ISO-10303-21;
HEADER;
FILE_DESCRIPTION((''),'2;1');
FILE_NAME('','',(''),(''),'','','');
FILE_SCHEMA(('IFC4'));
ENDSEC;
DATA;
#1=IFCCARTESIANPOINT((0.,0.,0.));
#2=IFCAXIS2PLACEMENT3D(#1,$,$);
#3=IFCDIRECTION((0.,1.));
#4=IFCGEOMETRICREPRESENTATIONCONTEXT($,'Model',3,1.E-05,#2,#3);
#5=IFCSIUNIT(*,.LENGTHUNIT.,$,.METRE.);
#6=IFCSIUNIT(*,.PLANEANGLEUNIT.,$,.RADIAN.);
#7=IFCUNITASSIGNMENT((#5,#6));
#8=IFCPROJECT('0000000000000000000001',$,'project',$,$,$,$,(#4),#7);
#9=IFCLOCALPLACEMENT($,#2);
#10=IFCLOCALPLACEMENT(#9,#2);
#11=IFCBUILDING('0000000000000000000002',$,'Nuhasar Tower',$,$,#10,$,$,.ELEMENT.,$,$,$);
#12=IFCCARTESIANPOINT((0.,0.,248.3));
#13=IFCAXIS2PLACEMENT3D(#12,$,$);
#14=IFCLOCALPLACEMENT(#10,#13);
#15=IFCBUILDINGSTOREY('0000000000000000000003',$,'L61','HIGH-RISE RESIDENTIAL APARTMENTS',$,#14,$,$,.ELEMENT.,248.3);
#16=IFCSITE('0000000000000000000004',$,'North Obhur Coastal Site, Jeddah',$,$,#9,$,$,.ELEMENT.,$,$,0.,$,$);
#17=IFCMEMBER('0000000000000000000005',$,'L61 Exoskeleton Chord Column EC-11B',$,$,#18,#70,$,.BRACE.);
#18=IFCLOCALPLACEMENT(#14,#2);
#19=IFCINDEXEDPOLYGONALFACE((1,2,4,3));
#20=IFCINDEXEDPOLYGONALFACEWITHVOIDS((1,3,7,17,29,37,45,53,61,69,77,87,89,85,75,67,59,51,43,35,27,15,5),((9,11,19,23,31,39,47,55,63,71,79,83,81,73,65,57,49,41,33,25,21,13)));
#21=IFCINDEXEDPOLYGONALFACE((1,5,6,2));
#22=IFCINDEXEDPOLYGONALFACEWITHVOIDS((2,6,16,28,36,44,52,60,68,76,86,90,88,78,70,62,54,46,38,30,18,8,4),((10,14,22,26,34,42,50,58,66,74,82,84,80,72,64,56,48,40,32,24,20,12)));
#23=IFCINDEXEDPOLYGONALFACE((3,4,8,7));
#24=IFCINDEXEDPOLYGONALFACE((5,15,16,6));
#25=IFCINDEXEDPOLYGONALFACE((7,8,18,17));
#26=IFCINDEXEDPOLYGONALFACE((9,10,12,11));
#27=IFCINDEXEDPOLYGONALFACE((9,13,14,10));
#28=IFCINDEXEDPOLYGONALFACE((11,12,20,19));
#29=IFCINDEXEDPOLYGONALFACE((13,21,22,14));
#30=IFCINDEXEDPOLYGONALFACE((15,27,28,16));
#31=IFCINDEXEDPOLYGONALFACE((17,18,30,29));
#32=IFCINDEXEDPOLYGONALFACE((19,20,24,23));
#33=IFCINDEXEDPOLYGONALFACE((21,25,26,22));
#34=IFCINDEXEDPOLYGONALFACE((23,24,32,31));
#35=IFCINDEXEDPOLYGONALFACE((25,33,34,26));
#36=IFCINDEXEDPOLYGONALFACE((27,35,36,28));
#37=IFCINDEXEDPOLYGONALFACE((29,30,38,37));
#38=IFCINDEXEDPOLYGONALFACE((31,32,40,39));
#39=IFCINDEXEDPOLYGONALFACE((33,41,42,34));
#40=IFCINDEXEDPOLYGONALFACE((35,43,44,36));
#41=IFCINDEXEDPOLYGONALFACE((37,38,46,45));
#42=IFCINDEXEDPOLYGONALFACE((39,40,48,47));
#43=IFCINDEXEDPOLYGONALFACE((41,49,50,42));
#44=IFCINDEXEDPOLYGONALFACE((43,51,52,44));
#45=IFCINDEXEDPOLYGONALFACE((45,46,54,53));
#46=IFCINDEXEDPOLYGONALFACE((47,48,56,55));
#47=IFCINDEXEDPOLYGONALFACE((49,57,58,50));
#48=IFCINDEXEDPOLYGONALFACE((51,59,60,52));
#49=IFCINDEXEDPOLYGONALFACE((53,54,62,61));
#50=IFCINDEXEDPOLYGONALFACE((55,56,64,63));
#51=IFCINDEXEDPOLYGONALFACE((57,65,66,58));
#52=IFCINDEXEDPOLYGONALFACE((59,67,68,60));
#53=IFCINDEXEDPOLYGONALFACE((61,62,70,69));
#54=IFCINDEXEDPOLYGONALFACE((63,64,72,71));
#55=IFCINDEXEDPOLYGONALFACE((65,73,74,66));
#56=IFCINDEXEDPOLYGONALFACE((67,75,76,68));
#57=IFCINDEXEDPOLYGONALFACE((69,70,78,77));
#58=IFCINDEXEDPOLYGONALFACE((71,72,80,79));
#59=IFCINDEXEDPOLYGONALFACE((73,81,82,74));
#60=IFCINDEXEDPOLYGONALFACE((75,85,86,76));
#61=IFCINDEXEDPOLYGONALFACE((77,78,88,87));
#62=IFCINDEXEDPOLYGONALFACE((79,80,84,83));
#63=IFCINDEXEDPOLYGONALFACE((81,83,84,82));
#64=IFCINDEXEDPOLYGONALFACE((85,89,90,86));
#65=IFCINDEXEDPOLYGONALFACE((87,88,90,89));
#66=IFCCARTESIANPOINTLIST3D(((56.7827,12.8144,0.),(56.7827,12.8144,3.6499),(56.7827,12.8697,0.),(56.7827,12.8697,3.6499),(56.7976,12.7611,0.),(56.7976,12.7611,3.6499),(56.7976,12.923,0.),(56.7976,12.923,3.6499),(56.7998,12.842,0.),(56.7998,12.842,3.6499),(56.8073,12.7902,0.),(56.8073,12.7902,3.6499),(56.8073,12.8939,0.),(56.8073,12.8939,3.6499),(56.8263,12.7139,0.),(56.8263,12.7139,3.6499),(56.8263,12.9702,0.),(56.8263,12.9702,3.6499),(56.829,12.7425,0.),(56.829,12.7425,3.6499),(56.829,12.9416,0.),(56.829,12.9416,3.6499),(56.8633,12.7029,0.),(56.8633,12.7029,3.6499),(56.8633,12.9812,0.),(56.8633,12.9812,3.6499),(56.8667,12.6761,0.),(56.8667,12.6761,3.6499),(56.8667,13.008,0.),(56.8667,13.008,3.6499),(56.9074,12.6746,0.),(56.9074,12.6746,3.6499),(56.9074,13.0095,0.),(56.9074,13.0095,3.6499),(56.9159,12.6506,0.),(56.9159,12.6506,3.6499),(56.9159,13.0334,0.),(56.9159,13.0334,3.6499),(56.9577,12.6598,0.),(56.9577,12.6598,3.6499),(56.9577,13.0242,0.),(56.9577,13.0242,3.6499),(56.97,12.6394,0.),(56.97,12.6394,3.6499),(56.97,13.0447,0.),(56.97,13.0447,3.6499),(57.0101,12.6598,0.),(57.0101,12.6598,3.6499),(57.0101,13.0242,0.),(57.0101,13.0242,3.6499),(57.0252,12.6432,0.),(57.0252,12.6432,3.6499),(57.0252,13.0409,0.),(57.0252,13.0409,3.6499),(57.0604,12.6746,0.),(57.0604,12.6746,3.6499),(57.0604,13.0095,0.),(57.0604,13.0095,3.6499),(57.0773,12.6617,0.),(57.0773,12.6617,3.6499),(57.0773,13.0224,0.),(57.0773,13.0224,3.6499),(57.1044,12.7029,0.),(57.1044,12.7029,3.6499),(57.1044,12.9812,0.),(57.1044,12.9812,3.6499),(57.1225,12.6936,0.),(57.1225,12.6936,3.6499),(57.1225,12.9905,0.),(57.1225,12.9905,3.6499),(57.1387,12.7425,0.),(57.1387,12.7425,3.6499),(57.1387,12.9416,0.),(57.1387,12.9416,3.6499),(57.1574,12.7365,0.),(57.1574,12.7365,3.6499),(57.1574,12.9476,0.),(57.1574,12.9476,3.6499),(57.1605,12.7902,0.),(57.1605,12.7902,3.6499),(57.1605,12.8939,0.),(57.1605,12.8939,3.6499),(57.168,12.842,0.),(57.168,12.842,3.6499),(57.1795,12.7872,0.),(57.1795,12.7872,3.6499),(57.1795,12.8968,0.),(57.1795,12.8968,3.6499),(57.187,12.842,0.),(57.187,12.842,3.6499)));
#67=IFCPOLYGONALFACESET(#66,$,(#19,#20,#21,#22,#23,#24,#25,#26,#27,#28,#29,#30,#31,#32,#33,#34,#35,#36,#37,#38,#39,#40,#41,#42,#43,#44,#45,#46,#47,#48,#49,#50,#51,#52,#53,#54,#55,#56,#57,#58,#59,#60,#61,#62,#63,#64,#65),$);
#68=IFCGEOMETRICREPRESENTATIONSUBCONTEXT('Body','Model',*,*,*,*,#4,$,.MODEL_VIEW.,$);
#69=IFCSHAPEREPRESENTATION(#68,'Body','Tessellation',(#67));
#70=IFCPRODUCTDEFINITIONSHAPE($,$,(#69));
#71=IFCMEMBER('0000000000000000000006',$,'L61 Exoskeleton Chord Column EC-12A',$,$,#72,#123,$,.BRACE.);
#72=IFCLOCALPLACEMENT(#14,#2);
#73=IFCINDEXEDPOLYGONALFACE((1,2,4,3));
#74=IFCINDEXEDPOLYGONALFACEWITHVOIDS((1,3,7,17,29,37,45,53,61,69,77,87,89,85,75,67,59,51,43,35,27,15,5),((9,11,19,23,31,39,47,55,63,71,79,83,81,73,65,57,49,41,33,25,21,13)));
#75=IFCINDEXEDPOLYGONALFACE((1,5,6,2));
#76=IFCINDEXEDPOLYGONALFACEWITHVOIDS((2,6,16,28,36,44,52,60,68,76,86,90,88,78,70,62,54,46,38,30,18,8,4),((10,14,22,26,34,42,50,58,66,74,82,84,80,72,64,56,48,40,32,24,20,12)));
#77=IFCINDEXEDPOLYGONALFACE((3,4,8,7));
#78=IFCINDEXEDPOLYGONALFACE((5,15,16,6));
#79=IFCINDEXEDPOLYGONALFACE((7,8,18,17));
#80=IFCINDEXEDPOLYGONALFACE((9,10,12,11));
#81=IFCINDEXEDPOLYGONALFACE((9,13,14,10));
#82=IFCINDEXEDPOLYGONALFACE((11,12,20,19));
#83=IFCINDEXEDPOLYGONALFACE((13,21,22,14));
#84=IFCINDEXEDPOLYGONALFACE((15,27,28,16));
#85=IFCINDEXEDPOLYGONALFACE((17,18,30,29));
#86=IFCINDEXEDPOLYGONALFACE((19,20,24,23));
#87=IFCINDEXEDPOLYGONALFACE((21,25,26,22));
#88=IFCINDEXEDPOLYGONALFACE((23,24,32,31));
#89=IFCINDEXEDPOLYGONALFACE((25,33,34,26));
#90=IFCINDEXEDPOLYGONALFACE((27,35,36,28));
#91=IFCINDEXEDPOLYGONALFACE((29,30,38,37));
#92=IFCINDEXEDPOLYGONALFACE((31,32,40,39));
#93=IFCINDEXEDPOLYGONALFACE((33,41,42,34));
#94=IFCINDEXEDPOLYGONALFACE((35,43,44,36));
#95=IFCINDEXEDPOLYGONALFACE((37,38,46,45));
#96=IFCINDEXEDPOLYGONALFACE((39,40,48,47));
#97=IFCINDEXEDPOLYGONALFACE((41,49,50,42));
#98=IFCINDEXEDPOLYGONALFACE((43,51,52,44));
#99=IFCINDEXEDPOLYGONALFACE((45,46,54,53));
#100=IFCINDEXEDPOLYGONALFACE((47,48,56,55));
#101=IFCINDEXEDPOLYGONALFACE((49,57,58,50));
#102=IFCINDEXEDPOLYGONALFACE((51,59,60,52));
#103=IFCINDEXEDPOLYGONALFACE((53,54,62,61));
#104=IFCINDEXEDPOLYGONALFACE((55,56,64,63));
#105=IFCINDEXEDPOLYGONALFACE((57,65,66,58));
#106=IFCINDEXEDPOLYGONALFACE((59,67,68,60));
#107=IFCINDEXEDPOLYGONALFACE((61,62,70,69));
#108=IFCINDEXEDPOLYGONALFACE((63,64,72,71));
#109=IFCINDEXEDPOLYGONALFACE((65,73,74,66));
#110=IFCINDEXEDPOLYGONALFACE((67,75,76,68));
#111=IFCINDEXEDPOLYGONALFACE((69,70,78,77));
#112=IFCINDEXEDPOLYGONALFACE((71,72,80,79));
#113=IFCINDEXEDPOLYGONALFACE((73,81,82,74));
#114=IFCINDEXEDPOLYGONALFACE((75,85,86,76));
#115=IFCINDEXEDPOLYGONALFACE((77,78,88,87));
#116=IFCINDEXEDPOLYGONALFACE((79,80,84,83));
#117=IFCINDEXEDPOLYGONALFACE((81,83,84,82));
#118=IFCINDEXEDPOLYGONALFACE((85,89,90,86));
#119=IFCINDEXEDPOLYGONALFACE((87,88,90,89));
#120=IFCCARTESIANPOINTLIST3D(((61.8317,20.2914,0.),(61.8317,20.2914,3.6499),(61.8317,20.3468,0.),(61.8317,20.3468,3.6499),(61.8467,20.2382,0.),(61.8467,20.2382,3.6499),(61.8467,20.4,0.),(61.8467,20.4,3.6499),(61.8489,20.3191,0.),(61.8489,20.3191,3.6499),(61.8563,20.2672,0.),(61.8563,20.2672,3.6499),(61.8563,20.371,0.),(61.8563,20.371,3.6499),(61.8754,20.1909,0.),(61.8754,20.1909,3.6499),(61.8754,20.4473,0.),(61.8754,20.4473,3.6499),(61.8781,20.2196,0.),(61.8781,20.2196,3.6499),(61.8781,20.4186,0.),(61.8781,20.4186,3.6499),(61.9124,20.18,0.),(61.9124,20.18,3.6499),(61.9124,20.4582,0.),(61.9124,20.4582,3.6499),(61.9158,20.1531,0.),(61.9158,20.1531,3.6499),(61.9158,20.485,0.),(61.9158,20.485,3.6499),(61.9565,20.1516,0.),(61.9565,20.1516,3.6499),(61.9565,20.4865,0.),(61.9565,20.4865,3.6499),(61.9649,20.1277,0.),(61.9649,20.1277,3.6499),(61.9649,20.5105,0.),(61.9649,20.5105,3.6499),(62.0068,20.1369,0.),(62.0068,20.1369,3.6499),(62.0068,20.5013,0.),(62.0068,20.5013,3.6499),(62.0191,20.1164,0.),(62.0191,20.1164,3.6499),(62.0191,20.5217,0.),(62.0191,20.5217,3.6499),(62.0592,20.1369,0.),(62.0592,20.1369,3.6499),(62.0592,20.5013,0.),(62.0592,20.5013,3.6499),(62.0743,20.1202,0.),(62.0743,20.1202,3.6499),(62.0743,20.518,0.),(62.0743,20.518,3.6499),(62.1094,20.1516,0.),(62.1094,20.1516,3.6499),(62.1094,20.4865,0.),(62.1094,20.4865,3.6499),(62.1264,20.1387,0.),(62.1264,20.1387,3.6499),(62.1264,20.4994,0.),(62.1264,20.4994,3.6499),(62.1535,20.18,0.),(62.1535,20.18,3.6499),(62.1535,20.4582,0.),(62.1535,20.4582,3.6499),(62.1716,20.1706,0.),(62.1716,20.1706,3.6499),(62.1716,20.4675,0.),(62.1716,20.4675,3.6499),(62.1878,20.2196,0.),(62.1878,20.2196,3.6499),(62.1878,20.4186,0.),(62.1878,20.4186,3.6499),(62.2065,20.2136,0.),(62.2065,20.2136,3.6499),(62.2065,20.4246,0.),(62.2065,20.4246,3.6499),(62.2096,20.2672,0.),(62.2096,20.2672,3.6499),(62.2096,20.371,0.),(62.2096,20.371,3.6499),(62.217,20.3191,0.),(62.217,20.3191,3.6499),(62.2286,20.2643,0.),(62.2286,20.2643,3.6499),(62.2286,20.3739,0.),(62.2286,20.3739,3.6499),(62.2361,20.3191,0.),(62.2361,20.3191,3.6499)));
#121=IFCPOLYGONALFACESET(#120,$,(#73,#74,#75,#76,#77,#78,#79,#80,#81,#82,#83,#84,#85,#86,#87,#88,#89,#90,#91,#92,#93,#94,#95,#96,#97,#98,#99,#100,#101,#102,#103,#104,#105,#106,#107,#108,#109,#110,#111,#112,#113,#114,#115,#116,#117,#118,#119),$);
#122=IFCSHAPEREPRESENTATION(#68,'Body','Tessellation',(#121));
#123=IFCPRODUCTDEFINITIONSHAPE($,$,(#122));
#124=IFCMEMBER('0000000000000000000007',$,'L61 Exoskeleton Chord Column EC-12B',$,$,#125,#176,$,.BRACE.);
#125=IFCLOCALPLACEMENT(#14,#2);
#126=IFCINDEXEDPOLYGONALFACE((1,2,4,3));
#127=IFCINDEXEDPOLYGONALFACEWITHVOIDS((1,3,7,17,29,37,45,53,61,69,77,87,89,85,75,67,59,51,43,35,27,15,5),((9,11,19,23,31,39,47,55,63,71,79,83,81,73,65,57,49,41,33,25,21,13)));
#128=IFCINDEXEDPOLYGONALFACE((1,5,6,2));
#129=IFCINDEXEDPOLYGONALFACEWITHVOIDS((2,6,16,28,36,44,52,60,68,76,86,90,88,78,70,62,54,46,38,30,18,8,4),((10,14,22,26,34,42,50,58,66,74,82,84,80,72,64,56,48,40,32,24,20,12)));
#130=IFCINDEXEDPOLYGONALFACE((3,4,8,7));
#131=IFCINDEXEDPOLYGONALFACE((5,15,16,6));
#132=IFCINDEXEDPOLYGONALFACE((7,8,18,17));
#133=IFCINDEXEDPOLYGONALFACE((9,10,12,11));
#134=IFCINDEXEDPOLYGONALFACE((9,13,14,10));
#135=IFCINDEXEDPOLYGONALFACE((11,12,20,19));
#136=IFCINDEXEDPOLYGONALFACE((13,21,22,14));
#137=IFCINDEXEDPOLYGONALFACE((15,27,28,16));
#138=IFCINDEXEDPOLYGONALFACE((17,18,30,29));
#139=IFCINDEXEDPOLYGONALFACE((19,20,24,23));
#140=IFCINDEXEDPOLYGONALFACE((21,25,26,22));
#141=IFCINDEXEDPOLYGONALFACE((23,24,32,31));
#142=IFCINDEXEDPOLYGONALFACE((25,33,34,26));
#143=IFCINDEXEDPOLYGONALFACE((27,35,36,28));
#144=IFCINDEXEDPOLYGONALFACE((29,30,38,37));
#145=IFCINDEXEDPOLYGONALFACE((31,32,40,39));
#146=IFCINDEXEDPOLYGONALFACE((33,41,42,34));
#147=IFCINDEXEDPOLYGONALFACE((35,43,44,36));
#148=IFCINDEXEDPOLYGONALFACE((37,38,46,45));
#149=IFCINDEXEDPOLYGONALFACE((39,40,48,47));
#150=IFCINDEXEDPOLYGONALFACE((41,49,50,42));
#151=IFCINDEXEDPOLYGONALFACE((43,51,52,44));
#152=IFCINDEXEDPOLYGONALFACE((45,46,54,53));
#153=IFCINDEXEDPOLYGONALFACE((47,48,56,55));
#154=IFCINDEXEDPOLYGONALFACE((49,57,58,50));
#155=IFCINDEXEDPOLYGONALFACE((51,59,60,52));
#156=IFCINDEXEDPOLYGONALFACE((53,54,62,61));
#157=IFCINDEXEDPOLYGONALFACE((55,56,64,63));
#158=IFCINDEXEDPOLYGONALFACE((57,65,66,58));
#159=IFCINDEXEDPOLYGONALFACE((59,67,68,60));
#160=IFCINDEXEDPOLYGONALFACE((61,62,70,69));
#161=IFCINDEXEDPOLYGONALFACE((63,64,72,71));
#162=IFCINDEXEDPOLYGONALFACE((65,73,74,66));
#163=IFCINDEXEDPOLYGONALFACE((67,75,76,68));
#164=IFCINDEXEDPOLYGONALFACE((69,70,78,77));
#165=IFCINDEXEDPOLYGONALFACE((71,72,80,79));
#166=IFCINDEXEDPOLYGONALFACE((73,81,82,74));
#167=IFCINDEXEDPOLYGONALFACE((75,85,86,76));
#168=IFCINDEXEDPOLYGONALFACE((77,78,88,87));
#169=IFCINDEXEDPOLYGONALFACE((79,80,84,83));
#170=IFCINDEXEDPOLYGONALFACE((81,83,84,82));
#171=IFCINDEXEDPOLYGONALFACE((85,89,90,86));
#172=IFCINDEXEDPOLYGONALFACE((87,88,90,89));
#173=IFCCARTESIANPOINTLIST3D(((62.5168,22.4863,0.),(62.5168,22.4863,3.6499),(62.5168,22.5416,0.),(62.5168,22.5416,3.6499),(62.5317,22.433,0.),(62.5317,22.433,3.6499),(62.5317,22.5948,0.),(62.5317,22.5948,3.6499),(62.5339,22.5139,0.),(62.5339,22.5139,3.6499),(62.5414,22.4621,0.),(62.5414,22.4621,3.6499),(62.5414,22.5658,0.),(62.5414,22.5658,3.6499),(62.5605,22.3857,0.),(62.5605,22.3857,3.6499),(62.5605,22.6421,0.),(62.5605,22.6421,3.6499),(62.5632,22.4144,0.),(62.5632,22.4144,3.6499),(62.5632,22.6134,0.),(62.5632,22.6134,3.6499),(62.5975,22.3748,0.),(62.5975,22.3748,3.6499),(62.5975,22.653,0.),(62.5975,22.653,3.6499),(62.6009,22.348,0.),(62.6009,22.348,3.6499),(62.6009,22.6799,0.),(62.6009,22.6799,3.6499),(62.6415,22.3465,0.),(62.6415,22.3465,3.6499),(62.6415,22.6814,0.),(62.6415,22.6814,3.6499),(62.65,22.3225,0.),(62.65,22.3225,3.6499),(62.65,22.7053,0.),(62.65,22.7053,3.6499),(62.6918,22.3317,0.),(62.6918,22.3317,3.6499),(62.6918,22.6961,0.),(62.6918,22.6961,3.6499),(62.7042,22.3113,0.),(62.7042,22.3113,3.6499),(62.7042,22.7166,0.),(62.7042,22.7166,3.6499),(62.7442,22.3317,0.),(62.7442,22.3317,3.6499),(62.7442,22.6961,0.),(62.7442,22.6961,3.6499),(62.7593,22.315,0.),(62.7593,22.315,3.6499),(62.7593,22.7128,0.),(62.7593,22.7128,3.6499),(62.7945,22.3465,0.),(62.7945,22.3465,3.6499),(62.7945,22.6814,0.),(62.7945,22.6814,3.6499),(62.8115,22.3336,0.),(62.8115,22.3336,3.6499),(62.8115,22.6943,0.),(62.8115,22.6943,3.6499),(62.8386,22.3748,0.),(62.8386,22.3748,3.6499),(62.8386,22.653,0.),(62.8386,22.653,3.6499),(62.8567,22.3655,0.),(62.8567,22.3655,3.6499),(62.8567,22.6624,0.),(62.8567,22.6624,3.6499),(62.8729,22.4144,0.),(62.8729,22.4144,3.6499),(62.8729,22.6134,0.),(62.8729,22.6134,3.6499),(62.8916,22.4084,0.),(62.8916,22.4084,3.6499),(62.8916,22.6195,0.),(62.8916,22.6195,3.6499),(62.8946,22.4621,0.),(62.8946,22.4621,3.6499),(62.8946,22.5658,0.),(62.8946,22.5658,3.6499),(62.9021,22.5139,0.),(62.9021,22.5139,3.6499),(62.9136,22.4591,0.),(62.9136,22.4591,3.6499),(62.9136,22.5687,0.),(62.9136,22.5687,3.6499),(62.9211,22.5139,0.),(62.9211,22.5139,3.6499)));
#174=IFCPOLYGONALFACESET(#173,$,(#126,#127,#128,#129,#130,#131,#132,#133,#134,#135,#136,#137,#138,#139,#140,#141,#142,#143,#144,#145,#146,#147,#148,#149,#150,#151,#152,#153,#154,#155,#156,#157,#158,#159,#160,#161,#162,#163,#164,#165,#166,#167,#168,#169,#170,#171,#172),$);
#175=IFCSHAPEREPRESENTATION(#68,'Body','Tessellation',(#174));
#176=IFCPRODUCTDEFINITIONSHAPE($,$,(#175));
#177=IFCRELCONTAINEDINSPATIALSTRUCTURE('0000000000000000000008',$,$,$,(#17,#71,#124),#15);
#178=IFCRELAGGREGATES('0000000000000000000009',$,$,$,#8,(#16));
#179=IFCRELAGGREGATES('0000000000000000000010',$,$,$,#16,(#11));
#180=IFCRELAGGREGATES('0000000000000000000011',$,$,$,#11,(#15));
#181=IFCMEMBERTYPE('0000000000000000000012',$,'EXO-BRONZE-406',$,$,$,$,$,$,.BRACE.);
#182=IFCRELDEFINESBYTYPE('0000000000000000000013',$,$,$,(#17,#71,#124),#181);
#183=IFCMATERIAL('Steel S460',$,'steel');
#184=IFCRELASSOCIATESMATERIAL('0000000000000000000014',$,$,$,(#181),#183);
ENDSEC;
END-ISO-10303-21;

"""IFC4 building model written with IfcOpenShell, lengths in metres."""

from ifc_helpers import new_model, si_unit, direction, frame, origin, origin_2d, place, context, subcontext, project, spatial, hollow_circle, extrude, material, material_profile, profile_set, type_object, element, save


model = new_model("IFC4")

# Units and contexts
model_context = context("Model", 3, precision=1e-05, world=origin(), true_north=direction((0.0, 1.0)))
body_context = subcontext(model_context, "Body", "Model", "MODEL_VIEW")
ifc_project = project(units=[si_unit("LENGTHUNIT", "METRE"), si_unit("PLANEANGLEUNIT", "RADIAN")], contexts=[model_context])

# Site, building, storey
site_placement = place(None, origin())
site = spatial("IfcSite", under=ifc_project, at=site_placement, Name="North Obhur Coastal Site, Jeddah", CompositionType="ELEMENT", RefElevation=0.0)
building_placement = place(site_placement, origin())
building = spatial("IfcBuilding", under=site, at=building_placement, Name="Nuhasar Tower", CompositionType="ELEMENT")
storey_placement = place(building_placement, frame((0.0, 0.0, 248.3)))
storey = spatial("IfcBuildingStorey", under=building, at=storey_placement, Name="L61", Description="HIGH-RISE RESIDENTIAL APARTMENTS", CompositionType="ELEMENT", Elevation=248.3)

# Members
ifc_material_1 = material(Name="Steel S460", Category="steel")
ifc_material_profile_1 = material_profile(ifc_material_1, hollow_circle(Radius=0.2031, WallThickness=0.019, at=origin_2d()), Name="HSS406.4X19.1")
ifc_profile_set_1 = profile_set([ifc_material_profile_1], Name="Steel S460")
member_type_1 = type_object("IfcMemberType", Name="EXO-BRONZE-406", PredefinedType="BRACE", material=ifc_profile_set_1)
for number, where, z_axis, x_axis, name in (
    (1, (56.9839, 12.842, 0.0), (0.0, 0.0, 1.0), (1.0, 0.0, 0.0), "L61 Exoskeleton Chord Column EC-11B"),
    (2, (62.033, 20.3191, 0.0), (0.0, 0.0, 1.0), (1.0, 0.0, 0.0), "L61 Exoskeleton Chord Column EC-12A"),
    (3, (62.718, 22.5139, 0.0), (0.0, 0.0, 1.0), (1.0, 0.0, 0.0), "L61 Exoskeleton Chord Column EC-12B"),
):
    element("IfcMember", number, at=place(storey_placement, frame(where, z_axis=z_axis, x_axis=x_axis)), inside=storey, type_object=member_type_1, Name=name, PredefinedType="BRACE", context=body_context, shape_type="SweptSolid", body=[
        extrude(hollow_circle(Radius=0.2031, WallThickness=0.019, at=origin_2d()), origin(), (0.0, 0.0, 1.0), 3.6499),
    ])

save(model, "model.ifc")
